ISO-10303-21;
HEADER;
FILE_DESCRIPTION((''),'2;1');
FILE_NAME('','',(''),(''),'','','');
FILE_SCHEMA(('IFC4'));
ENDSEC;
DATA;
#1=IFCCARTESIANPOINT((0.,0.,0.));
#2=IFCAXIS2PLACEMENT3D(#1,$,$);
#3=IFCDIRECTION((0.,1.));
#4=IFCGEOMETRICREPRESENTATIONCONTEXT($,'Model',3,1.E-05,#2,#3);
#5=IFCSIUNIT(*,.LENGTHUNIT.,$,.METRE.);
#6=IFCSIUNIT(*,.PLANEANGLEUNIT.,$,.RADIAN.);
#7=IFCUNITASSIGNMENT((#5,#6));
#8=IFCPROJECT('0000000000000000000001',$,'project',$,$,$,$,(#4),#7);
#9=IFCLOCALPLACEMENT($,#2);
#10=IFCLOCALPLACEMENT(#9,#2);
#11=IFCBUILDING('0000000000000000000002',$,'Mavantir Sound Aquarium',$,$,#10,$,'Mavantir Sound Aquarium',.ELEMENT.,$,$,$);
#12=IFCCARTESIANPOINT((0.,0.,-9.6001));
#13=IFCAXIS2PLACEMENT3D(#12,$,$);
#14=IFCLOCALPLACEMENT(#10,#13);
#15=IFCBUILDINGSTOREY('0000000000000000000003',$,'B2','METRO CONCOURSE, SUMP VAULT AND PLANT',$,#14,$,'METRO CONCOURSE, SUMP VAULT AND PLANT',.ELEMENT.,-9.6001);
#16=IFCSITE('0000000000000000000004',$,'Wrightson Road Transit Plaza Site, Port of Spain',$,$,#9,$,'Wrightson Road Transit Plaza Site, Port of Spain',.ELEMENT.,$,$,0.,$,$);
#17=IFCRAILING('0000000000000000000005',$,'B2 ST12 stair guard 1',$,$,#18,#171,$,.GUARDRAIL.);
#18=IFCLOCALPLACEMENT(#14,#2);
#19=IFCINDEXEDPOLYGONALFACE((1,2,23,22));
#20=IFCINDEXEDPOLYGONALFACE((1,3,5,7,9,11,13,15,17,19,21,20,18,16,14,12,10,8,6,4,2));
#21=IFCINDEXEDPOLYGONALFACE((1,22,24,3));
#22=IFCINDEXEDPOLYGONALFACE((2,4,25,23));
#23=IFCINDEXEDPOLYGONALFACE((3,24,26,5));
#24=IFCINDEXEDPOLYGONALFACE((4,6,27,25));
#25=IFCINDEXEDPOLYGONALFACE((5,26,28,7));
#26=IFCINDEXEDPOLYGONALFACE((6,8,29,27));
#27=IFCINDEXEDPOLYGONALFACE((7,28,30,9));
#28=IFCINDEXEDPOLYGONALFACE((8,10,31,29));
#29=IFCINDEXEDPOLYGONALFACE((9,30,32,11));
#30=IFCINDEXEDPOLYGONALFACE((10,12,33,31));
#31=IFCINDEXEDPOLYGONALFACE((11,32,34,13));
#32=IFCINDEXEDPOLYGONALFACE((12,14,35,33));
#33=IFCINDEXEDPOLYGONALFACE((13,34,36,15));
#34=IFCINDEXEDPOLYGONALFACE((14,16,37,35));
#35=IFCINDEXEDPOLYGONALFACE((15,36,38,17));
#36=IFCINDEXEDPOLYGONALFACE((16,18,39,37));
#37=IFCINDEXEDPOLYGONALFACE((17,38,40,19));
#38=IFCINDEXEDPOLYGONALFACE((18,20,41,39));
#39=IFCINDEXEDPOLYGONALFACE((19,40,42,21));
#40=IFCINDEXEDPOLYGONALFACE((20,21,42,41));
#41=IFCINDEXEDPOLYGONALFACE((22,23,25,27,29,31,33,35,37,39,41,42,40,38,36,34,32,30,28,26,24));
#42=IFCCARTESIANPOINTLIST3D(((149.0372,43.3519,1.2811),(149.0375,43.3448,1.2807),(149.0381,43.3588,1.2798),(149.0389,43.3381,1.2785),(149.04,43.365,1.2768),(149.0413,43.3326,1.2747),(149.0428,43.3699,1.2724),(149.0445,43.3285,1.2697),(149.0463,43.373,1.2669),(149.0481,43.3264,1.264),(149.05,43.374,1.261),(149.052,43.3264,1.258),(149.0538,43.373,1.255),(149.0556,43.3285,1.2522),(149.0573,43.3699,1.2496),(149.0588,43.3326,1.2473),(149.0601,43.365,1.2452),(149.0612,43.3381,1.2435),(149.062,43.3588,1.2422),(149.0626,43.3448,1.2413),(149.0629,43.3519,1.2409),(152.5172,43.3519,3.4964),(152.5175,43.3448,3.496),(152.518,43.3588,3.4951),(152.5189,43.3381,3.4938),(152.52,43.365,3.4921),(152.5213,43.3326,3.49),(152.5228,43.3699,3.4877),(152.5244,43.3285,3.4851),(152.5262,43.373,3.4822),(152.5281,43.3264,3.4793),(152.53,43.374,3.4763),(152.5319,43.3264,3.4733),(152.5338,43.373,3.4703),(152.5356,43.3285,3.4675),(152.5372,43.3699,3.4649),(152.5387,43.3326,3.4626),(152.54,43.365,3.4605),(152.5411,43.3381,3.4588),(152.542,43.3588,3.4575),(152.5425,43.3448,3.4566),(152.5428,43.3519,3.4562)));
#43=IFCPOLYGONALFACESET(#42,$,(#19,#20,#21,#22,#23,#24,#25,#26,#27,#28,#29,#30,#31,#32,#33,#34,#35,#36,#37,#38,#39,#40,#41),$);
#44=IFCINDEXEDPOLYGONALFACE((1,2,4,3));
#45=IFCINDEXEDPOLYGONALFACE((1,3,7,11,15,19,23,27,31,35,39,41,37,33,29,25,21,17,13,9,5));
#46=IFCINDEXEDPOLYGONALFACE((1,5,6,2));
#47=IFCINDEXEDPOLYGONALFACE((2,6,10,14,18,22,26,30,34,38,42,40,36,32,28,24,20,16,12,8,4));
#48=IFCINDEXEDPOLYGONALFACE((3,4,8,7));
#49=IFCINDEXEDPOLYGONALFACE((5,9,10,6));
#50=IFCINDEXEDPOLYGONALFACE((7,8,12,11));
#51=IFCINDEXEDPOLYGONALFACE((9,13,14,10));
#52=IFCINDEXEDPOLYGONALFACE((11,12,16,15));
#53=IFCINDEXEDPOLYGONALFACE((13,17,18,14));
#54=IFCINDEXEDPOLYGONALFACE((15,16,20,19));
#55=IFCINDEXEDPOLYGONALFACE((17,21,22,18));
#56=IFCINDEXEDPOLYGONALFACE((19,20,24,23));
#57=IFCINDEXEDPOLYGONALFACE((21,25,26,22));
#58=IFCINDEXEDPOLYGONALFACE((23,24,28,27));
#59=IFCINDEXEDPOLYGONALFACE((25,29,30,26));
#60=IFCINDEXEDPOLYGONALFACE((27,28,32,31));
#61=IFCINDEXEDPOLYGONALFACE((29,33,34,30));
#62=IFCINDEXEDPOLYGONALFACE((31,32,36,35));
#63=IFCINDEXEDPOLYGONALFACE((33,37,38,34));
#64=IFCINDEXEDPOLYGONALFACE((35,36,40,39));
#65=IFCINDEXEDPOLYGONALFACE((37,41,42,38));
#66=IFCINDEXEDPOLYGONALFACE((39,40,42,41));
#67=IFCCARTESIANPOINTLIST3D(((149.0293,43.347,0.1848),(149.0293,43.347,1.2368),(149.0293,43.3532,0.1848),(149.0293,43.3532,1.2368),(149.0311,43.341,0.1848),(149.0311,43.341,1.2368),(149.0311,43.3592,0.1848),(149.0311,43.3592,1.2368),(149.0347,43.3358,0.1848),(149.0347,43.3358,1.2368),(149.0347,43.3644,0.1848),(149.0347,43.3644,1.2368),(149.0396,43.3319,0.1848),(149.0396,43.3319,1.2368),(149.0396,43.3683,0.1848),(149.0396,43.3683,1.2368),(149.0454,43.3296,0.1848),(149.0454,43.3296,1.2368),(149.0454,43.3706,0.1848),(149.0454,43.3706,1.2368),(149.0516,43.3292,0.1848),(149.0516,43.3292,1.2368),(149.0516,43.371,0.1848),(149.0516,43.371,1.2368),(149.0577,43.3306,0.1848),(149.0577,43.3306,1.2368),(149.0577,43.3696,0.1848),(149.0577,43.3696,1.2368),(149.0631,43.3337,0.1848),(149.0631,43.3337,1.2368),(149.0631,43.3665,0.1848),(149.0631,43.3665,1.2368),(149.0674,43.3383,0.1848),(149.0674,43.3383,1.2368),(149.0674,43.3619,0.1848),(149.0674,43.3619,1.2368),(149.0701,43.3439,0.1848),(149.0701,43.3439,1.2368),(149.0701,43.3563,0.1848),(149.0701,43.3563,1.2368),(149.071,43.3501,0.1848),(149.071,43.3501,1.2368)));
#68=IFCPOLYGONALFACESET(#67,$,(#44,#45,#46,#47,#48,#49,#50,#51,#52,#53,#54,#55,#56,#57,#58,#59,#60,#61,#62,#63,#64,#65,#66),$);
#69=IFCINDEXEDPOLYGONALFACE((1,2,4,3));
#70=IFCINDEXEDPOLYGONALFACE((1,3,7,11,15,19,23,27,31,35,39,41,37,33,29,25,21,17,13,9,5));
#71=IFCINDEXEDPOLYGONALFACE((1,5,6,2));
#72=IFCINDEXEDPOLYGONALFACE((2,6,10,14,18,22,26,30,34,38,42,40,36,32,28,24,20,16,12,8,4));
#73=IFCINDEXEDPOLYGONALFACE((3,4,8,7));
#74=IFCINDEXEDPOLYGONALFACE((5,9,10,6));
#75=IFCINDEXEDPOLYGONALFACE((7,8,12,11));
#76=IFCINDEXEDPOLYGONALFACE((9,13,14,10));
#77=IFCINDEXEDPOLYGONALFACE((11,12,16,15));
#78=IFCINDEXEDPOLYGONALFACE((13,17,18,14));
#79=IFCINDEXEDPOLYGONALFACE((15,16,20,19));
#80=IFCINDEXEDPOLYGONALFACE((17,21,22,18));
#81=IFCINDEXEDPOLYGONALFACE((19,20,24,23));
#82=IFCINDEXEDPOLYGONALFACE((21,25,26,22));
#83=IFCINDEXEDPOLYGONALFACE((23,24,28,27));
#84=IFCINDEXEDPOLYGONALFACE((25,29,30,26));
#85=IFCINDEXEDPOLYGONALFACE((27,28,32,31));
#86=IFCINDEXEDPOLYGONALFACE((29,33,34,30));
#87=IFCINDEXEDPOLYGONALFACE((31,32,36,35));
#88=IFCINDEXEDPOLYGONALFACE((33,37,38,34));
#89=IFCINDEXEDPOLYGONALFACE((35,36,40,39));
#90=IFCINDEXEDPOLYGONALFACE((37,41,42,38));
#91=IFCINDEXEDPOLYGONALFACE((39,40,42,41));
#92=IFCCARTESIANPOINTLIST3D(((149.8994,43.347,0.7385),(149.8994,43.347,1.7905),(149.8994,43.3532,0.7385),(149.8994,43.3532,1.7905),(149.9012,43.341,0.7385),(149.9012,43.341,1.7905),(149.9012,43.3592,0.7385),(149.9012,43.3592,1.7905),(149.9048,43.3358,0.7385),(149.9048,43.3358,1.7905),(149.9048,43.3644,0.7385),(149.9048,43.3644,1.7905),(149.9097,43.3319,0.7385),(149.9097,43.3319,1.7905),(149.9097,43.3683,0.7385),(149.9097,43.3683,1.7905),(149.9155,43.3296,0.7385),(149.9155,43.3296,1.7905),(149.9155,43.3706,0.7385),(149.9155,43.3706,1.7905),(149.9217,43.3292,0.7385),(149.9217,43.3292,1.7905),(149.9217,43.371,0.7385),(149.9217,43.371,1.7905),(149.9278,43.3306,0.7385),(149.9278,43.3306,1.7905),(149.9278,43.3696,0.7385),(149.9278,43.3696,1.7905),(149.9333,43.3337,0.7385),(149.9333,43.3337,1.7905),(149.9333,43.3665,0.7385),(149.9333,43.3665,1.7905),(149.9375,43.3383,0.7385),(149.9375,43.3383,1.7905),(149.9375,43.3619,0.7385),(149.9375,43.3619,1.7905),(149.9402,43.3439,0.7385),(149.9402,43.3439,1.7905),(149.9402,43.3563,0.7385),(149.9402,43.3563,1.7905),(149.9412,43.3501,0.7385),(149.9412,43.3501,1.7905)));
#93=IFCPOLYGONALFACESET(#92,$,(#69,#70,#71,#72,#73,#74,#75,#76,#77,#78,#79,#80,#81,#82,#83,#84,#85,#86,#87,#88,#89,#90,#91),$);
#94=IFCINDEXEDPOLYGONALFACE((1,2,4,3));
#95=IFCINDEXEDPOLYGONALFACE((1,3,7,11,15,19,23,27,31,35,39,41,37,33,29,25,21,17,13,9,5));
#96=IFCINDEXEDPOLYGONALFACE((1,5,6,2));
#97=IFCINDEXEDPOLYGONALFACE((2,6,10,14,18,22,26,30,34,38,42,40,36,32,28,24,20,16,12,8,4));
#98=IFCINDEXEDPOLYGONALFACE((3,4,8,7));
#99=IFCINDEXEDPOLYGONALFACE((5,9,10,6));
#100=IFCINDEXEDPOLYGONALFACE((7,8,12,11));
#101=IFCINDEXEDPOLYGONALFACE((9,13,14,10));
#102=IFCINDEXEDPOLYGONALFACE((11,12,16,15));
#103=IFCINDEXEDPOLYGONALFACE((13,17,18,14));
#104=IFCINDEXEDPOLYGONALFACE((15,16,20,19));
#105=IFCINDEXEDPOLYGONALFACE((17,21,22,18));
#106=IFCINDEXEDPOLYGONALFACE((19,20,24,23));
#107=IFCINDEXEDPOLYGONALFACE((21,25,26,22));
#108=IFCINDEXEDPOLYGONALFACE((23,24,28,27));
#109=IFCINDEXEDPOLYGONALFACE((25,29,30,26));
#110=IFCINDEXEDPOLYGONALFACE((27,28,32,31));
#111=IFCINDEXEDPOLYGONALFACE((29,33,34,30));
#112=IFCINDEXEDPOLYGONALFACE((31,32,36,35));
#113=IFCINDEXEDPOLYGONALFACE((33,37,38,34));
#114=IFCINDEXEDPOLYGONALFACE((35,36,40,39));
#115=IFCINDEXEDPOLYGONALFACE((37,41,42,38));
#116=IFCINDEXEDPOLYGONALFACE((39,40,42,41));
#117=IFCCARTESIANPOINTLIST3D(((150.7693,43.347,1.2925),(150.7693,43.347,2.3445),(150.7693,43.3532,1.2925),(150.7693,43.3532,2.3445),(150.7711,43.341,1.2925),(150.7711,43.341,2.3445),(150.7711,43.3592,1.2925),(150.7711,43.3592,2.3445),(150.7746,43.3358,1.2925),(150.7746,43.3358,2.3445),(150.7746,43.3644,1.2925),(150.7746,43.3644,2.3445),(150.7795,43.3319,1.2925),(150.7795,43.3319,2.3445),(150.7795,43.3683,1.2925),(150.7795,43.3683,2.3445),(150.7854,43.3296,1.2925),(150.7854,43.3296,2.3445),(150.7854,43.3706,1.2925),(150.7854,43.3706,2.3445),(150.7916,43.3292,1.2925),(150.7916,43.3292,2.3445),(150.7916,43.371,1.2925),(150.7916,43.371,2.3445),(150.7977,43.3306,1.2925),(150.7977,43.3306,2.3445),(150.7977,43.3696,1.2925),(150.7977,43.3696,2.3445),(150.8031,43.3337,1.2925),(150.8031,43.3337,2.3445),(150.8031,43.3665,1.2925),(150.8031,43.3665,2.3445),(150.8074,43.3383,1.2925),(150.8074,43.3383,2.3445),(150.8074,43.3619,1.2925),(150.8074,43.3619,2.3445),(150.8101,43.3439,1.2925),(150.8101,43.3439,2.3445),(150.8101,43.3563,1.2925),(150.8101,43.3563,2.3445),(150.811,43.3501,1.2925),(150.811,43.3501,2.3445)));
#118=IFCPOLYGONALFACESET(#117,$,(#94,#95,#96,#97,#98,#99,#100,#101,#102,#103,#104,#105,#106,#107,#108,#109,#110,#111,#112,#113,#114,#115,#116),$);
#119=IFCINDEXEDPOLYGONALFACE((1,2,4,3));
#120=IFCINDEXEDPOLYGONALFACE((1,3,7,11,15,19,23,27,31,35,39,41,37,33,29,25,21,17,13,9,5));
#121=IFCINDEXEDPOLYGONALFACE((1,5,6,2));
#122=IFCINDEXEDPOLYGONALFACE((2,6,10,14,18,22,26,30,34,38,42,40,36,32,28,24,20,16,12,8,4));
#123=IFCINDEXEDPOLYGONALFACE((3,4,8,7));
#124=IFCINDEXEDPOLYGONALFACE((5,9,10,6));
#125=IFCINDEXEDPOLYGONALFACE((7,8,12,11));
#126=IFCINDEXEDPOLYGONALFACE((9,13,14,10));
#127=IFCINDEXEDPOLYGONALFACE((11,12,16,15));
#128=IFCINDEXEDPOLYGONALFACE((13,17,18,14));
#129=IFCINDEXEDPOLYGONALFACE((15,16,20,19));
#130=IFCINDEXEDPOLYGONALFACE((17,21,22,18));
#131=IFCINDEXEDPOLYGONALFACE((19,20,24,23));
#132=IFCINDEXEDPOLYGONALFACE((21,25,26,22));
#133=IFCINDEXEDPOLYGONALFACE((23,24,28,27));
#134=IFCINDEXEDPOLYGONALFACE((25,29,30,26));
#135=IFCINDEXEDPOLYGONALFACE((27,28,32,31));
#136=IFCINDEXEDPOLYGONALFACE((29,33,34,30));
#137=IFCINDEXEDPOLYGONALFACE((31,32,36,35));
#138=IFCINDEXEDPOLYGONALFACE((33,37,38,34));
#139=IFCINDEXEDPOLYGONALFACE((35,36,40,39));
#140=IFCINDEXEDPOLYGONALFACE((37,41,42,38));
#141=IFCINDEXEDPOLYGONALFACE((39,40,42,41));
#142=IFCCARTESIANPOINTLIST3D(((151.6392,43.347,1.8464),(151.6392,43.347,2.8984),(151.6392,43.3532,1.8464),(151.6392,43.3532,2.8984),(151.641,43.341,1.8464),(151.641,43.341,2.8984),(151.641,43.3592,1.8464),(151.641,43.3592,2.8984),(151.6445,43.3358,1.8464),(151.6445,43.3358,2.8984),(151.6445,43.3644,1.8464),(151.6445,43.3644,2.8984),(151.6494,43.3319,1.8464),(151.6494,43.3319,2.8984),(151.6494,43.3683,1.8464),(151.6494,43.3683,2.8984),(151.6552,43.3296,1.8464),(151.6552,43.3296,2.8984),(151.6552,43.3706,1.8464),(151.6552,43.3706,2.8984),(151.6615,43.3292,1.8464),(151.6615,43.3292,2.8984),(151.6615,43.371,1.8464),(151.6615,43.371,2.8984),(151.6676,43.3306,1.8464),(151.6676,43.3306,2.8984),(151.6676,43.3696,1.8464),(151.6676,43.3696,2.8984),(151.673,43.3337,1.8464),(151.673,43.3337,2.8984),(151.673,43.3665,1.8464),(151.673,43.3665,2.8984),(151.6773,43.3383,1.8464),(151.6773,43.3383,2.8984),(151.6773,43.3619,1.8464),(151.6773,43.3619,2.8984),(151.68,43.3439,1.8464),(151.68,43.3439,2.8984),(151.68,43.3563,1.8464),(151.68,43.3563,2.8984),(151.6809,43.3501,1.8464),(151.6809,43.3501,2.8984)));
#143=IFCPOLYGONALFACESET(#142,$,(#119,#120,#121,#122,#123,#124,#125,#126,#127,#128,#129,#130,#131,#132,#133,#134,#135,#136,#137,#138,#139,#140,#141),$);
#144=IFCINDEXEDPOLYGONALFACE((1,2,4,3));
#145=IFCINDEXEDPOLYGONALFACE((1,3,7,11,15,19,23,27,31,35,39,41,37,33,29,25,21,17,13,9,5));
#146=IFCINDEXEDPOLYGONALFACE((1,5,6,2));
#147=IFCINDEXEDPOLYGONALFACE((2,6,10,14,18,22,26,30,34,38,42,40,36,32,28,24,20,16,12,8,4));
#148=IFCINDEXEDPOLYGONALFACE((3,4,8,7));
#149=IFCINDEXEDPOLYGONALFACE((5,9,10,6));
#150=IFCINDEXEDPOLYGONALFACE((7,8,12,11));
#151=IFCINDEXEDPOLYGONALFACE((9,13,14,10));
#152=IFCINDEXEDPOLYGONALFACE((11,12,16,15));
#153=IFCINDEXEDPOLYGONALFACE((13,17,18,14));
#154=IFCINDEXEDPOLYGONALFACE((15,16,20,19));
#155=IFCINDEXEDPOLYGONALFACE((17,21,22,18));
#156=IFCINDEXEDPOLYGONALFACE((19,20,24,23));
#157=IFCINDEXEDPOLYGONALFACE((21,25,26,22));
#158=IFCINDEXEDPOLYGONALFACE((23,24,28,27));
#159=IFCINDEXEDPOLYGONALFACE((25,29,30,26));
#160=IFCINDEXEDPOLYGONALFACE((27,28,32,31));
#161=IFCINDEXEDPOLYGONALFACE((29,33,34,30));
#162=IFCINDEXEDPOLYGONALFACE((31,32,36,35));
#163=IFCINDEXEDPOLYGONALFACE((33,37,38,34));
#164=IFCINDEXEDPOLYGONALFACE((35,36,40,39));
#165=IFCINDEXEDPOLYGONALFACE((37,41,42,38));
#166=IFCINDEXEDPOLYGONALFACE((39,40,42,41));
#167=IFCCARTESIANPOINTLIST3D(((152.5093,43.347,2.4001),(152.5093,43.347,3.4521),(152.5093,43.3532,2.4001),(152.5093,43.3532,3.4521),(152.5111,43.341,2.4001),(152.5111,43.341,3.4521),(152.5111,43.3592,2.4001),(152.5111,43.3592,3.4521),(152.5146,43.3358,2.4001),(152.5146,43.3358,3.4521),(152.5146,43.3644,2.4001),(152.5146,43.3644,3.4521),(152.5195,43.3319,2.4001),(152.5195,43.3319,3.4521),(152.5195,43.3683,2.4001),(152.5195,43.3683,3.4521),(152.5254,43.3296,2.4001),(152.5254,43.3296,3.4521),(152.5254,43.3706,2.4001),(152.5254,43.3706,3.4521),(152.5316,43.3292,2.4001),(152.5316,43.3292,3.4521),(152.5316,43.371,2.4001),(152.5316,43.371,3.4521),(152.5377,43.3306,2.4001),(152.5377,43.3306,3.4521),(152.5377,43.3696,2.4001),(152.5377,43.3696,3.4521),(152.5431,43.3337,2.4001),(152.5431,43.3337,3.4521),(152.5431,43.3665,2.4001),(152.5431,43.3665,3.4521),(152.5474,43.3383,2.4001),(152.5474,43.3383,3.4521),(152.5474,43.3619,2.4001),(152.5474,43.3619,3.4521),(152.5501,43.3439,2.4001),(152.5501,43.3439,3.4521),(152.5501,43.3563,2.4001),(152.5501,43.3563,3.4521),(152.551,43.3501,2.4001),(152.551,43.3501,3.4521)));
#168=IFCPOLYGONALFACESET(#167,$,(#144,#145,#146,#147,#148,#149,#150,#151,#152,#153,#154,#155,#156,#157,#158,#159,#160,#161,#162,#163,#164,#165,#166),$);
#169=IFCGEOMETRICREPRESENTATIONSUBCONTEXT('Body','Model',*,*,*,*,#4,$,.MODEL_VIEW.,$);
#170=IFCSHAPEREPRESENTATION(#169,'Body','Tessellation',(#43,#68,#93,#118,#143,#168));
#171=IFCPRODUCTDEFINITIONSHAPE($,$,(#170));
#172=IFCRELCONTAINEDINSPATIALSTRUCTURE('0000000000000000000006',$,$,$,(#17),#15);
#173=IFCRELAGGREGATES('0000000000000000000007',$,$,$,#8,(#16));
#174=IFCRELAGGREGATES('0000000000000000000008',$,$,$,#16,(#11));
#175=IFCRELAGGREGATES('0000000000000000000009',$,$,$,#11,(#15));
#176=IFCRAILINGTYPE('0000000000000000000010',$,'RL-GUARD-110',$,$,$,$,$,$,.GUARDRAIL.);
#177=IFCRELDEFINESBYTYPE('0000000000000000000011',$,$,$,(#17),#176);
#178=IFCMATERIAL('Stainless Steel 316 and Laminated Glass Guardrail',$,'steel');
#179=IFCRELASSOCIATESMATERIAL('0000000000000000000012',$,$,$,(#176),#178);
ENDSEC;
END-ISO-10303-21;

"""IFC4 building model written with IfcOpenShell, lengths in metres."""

from ifc_helpers import new_model, si_unit, direction, frame, origin, origin_2d, place, context, subcontext, project, spatial, circle, extrude, material, type_object, element, save


model = new_model("IFC4")

# Units and contexts
model_context = context("Model", 3, precision=1e-05, world=origin(), true_north=direction((0.0, 1.0)))
body_context = subcontext(model_context, "Body", "Model", "MODEL_VIEW")
ifc_project = project(units=[si_unit("LENGTHUNIT", "METRE"), si_unit("PLANEANGLEUNIT", "RADIAN")], contexts=[model_context])

# Site, building, storey
site_placement = place(None, origin())
site = spatial("IfcSite", under=ifc_project, at=site_placement, Name="Wrightson Road Transit Plaza Site, Port of Spain", LongName="Wrightson Road Transit Plaza Site, Port of Spain", CompositionType="ELEMENT", RefElevation=0.0)
building_placement = place(site_placement, origin())
building = spatial("IfcBuilding", under=site, at=building_placement, Name="Mavantir Sound Aquarium", LongName="Mavantir Sound Aquarium", CompositionType="ELEMENT")
storey_placement = place(building_placement, frame((0.0, 0.0, -9.6001)))
storey = spatial("IfcBuildingStorey", under=building, at=storey_placement, Name="B2", Description="METRO CONCOURSE, SUMP VAULT AND PLANT", LongName="METRO CONCOURSE, SUMP VAULT AND PLANT", CompositionType="ELEMENT", Elevation=-9.6001)

# Railing
ifc_material_1 = material(Name="Stainless Steel 316 and Laminated Glass Guardrail", Category="steel")
railing_type_1 = type_object("IfcRailingType", Name="RL-GUARD-110", PredefinedType="GUARDRAIL", material=ifc_material_1)
railing_1_placement = place(storey_placement, frame((149.05, 43.3501, 0.1848)))
element("IfcRailing", 1, at=railing_1_placement, inside=storey, type_object=railing_type_1, Name="B2 ST12 stair guard 1", PredefinedType="GUARDRAIL", context=body_context, shape_type="SweptSolid", body=[
    extrude(circle(Radius=0.0239, at=origin_2d()), frame((0.0, 0.0, 1.0762), z_axis=(0.843574, 0.0, 0.537013), x_axis=(0.0, 1.0, 0.0)), (0.0, 0.0, 1.0), 4.1252),
    extrude(circle(Radius=0.021, at=origin_2d()), origin(), (0.0, 0.0, 1.0), 1.052),
    extrude(circle(Radius=0.021, at=origin_2d()), frame((0.8701, 0.0, 0.5537)), (0.0, 0.0, 1.0), 1.052),
    extrude(circle(Radius=0.021, at=origin_2d()), frame((1.74, 0.0, 1.1077)), (0.0, 0.0, 1.0), 1.052),
    extrude(circle(Radius=0.021, at=origin_2d()), frame((2.6099, 0.0, 1.6616)), (0.0, 0.0, 1.0), 1.052),
    extrude(circle(Radius=0.021, at=origin_2d()), frame((3.48, 0.0, 2.2153)), (0.0, 0.0, 1.0), 1.052),
])

save(model, "model.ifc")
